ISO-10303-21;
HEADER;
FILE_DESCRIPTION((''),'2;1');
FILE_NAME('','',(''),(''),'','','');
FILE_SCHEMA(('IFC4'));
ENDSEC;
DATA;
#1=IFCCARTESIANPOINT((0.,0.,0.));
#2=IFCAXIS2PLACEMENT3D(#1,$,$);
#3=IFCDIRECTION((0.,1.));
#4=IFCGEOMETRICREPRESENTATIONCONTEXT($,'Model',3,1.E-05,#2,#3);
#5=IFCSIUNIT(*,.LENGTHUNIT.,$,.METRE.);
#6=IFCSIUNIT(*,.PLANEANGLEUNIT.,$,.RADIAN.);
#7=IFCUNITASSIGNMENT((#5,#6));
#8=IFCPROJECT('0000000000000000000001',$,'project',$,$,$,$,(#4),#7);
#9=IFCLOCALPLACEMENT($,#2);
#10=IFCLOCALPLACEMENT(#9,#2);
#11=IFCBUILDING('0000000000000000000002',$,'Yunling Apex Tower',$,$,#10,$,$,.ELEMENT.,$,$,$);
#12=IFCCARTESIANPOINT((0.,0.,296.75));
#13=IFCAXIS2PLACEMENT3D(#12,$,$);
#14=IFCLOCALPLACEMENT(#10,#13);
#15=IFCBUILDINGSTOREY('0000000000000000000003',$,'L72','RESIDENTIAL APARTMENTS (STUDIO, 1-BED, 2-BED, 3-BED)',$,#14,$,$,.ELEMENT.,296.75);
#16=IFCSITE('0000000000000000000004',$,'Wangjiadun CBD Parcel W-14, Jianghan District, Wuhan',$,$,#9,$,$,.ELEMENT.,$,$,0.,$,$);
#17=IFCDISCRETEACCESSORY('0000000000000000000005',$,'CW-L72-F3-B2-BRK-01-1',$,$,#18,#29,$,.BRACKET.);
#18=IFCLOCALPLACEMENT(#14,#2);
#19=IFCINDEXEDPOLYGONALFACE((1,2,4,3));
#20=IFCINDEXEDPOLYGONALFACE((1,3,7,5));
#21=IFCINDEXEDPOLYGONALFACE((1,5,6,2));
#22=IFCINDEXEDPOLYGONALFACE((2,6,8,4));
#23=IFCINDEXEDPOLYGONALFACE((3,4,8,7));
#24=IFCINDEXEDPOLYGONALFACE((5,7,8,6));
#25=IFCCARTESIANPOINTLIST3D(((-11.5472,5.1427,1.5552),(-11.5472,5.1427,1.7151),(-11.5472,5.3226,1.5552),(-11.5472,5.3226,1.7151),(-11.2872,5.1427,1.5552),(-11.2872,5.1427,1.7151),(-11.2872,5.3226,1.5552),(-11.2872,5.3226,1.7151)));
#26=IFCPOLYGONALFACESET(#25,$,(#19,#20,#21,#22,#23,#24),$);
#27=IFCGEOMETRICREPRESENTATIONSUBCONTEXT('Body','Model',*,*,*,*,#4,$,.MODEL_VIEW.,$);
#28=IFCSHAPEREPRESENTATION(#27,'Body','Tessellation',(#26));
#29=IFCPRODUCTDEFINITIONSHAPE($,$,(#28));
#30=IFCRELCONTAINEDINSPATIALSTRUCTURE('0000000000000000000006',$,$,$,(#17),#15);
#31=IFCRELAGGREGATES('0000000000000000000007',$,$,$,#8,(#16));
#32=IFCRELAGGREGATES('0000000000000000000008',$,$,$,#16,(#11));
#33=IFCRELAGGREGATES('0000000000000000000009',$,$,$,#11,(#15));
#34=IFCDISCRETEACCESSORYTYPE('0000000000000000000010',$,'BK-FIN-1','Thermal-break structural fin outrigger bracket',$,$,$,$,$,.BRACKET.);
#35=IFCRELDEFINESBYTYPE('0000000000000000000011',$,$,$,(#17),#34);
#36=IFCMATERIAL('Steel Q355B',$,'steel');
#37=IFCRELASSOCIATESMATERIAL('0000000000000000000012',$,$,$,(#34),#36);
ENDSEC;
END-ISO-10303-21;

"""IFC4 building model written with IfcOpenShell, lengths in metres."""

from ifc_helpers import new_model, si_unit, direction, frame, origin, origin_2d, place, context, subcontext, project, spatial, rectangle, extrude, source, transform, mapped, material, type_object, element, save


model = new_model("IFC4")

# Units and contexts
model_context = context("Model", 3, precision=1e-05, world=origin(), true_north=direction((0.0, 1.0)))
body_context = subcontext(model_context, "Body", "Model", "MODEL_VIEW")
ifc_project = project(units=[si_unit("LENGTHUNIT", "METRE"), si_unit("PLANEANGLEUNIT", "RADIAN")], contexts=[model_context])

# Site, building, storey
site_placement = place(None, origin())
site = spatial("IfcSite", under=ifc_project, at=site_placement, Name="Wangjiadun CBD Parcel W-14, Jianghan District, Wuhan", CompositionType="ELEMENT", RefElevation=0.0)
building_placement = place(site_placement, origin())
building = spatial("IfcBuilding", under=site, at=building_placement, Name="Yunling Apex Tower", CompositionType="ELEMENT")
storey_placement = place(building_placement, frame((0.0, 0.0, 296.75)))
storey = spatial("IfcBuildingStorey", under=building, at=storey_placement, Name="L72", Description="RESIDENTIAL APARTMENTS (STUDIO, 1-BED, 2-BED, 3-BED)", CompositionType="ELEMENT", Elevation=296.75)

# Shared definitions
ifc_material_1 = material(Name="Steel Q355B", Category="steel")

# Discrete accessory
discrete_accessory_type = type_object("IfcDiscreteAccessoryType", Name="BK-FIN-1", Description="Thermal-break structural fin outrigger bracket", PredefinedType="BRACKET", material=ifc_material_1)
shared_shape_1 = source(origin(), body_context, "Body", "SweptSolid", [
    extrude(rectangle(XDim=0.1799, YDim=0.26, at=origin_2d()), origin(), (0.0, 0.0, 1.0), 0.1599),
])
discrete_accessory_placement = place(storey_placement, frame((-11.4172, 5.2327, 1.5552), z_axis=(0.0, 0.0, 1.0), x_axis=(0.0, -1.0, 0.0)))
element("IfcDiscreteAccessory", 1, at=discrete_accessory_placement, inside=storey, type_object=discrete_accessory_type, Name="CW-L72-F3-B2-BRK-01-1", PredefinedType="BRACKET", context=body_context, shape_type="MappedRepresentation", body=[
    mapped(shared_shape_1, transform((0.0, 0.0, 0.0), scale=1.0)),
])

save(model, "model.ifc")
